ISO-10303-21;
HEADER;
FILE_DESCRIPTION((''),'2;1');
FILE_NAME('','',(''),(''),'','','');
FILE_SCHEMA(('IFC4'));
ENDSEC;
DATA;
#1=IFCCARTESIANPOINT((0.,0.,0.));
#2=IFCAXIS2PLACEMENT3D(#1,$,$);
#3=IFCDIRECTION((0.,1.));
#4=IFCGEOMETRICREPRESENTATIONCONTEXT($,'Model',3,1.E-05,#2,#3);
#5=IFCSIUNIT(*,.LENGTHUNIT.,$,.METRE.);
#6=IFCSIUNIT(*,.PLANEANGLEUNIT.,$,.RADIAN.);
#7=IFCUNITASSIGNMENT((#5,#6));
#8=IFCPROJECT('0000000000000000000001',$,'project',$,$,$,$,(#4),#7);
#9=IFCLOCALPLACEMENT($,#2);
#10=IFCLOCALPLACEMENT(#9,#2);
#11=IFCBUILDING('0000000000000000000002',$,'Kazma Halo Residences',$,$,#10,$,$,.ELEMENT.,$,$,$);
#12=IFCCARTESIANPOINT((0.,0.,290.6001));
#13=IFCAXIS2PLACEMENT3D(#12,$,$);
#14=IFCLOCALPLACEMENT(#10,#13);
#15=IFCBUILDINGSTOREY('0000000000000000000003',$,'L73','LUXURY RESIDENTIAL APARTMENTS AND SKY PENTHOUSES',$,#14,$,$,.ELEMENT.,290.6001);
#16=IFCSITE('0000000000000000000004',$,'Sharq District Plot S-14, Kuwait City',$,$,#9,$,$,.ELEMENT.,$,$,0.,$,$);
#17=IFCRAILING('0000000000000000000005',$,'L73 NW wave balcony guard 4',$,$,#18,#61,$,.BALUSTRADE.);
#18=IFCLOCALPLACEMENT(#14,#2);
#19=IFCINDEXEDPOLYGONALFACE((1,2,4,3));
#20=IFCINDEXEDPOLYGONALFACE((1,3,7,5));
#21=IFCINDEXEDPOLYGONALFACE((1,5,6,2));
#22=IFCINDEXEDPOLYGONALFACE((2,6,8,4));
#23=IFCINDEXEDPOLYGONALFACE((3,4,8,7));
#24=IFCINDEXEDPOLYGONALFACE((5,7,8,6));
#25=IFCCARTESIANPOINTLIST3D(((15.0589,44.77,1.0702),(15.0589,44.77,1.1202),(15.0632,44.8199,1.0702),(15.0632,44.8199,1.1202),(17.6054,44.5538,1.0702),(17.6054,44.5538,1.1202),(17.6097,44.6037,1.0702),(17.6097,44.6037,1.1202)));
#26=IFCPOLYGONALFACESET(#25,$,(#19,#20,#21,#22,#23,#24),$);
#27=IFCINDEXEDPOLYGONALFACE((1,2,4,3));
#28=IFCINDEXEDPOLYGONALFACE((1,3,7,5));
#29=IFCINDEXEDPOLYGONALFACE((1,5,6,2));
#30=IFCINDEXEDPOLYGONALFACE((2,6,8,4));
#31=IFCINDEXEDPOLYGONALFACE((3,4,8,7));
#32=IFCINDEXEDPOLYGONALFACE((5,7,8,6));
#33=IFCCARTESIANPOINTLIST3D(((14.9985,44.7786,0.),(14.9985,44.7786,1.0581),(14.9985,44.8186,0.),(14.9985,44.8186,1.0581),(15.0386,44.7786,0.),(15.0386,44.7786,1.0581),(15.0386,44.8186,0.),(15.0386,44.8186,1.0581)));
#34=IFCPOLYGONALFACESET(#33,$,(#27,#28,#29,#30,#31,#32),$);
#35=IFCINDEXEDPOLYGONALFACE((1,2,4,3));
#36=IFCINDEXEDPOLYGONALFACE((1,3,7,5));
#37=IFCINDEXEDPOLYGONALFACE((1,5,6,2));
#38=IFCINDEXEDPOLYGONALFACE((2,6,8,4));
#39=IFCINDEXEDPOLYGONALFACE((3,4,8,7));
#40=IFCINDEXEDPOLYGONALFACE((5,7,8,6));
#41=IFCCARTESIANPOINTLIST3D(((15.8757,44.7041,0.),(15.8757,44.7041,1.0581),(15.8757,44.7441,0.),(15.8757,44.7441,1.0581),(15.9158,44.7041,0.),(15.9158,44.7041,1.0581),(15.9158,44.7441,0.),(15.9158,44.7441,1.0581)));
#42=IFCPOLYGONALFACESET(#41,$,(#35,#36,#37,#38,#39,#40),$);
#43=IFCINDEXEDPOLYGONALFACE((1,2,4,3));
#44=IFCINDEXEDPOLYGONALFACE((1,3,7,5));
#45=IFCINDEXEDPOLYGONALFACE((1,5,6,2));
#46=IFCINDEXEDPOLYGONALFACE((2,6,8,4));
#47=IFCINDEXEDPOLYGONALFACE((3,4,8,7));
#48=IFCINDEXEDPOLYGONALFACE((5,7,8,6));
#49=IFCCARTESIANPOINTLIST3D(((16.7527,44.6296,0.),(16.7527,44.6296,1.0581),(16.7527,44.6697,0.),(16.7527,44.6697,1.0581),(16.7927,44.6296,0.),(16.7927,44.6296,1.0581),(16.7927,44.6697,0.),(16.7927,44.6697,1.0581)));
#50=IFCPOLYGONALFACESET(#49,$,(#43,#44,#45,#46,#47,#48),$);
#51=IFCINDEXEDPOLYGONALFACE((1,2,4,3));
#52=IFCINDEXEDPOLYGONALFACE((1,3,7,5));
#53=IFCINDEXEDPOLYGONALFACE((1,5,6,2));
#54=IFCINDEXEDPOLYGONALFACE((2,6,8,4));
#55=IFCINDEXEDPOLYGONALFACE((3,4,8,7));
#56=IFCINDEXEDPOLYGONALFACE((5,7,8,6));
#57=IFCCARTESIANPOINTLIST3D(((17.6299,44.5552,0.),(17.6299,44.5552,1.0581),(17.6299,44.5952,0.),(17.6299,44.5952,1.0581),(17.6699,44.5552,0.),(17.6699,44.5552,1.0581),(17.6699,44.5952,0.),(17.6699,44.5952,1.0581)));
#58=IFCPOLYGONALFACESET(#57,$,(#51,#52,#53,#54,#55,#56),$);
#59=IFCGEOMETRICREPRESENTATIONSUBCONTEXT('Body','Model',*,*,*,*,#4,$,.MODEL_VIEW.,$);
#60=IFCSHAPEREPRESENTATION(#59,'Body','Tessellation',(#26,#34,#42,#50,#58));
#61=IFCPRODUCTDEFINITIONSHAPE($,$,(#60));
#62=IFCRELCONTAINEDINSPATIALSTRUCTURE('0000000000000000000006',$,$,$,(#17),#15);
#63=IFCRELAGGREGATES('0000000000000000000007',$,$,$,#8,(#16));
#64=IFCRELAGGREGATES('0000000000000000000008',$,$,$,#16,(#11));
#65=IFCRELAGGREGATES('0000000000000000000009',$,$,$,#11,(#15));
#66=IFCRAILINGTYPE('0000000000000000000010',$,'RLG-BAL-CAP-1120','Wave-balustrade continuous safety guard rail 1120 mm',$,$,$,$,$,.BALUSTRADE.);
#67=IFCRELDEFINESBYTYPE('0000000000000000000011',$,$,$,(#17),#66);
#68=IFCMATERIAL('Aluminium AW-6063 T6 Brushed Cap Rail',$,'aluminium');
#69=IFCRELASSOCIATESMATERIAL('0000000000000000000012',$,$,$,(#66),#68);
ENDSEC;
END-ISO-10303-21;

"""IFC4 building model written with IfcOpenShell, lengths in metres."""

from ifc_helpers import new_model, si_unit, direction, frame, origin, origin_2d, place, context, subcontext, project, spatial, rectangle, extrude, material, type_object, element, save


model = new_model("IFC4")

# Units and contexts
model_context = context("Model", 3, precision=1e-05, world=origin(), true_north=direction((0.0, 1.0)))
body_context = subcontext(model_context, "Body", "Model", "MODEL_VIEW")
ifc_project = project(units=[si_unit("LENGTHUNIT", "METRE"), si_unit("PLANEANGLEUNIT", "RADIAN")], contexts=[model_context])

# Site, building, storey
site_placement = place(None, origin())
site = spatial("IfcSite", under=ifc_project, at=site_placement, Name="Sharq District Plot S-14, Kuwait City", CompositionType="ELEMENT", RefElevation=0.0)
building_placement = place(site_placement, origin())
building = spatial("IfcBuilding", under=site, at=building_placement, Name="Kazma Halo Residences", CompositionType="ELEMENT")
storey_placement = place(building_placement, frame((0.0, 0.0, 290.6001)))
storey = spatial("IfcBuildingStorey", under=building, at=storey_placement, Name="L73", Description="LUXURY RESIDENTIAL APARTMENTS AND SKY PENTHOUSES", CompositionType="ELEMENT", Elevation=290.6001)

# Railing
ifc_material_1 = material(Name="Aluminium AW-6063 T6 Brushed Cap Rail", Category="aluminium")
railing_type = type_object("IfcRailingType", Name="RLG-BAL-CAP-1120", Description="Wave-balustrade continuous safety guard rail 1120 mm", PredefinedType="BALUSTRADE", material=ifc_material_1)
railing_placement = place(storey_placement, frame((15.0186, 44.7986, 0.0)))
element("IfcRailing", 1, at=railing_placement, inside=storey, type_object=railing_type, Name="L73 NW wave balcony guard 4", PredefinedType="BALUSTRADE", context=body_context, shape_type="SweptSolid", body=[
    extrude(rectangle(XDim=0.05, YDim=0.05, at=origin_2d()), frame((0.0425, -0.0037, 1.0952), z_axis=(0.996416, -0.084591, 0.0), x_axis=(0.084591, 0.996416, 0.0)), (0.0, 0.0, 1.0), 2.5557),
    extrude(rectangle(XDim=0.04, YDim=0.04, at=origin_2d()), origin(), (0.0, 0.0, 1.0), 1.0581),
    extrude(rectangle(XDim=0.04, YDim=0.04, at=origin_2d()), frame((0.8772, -0.0745, 0.0)), (0.0, 0.0, 1.0), 1.0581),
    extrude(rectangle(XDim=0.04, YDim=0.04, at=origin_2d()), frame((1.7542, -0.1489, 0.0)), (0.0, 0.0, 1.0), 1.0581),
    extrude(rectangle(XDim=0.04, YDim=0.04, at=origin_2d()), frame((2.6313, -0.2234, 0.0)), (0.0, 0.0, 1.0), 1.0581),
])

save(model, "model.ifc")
